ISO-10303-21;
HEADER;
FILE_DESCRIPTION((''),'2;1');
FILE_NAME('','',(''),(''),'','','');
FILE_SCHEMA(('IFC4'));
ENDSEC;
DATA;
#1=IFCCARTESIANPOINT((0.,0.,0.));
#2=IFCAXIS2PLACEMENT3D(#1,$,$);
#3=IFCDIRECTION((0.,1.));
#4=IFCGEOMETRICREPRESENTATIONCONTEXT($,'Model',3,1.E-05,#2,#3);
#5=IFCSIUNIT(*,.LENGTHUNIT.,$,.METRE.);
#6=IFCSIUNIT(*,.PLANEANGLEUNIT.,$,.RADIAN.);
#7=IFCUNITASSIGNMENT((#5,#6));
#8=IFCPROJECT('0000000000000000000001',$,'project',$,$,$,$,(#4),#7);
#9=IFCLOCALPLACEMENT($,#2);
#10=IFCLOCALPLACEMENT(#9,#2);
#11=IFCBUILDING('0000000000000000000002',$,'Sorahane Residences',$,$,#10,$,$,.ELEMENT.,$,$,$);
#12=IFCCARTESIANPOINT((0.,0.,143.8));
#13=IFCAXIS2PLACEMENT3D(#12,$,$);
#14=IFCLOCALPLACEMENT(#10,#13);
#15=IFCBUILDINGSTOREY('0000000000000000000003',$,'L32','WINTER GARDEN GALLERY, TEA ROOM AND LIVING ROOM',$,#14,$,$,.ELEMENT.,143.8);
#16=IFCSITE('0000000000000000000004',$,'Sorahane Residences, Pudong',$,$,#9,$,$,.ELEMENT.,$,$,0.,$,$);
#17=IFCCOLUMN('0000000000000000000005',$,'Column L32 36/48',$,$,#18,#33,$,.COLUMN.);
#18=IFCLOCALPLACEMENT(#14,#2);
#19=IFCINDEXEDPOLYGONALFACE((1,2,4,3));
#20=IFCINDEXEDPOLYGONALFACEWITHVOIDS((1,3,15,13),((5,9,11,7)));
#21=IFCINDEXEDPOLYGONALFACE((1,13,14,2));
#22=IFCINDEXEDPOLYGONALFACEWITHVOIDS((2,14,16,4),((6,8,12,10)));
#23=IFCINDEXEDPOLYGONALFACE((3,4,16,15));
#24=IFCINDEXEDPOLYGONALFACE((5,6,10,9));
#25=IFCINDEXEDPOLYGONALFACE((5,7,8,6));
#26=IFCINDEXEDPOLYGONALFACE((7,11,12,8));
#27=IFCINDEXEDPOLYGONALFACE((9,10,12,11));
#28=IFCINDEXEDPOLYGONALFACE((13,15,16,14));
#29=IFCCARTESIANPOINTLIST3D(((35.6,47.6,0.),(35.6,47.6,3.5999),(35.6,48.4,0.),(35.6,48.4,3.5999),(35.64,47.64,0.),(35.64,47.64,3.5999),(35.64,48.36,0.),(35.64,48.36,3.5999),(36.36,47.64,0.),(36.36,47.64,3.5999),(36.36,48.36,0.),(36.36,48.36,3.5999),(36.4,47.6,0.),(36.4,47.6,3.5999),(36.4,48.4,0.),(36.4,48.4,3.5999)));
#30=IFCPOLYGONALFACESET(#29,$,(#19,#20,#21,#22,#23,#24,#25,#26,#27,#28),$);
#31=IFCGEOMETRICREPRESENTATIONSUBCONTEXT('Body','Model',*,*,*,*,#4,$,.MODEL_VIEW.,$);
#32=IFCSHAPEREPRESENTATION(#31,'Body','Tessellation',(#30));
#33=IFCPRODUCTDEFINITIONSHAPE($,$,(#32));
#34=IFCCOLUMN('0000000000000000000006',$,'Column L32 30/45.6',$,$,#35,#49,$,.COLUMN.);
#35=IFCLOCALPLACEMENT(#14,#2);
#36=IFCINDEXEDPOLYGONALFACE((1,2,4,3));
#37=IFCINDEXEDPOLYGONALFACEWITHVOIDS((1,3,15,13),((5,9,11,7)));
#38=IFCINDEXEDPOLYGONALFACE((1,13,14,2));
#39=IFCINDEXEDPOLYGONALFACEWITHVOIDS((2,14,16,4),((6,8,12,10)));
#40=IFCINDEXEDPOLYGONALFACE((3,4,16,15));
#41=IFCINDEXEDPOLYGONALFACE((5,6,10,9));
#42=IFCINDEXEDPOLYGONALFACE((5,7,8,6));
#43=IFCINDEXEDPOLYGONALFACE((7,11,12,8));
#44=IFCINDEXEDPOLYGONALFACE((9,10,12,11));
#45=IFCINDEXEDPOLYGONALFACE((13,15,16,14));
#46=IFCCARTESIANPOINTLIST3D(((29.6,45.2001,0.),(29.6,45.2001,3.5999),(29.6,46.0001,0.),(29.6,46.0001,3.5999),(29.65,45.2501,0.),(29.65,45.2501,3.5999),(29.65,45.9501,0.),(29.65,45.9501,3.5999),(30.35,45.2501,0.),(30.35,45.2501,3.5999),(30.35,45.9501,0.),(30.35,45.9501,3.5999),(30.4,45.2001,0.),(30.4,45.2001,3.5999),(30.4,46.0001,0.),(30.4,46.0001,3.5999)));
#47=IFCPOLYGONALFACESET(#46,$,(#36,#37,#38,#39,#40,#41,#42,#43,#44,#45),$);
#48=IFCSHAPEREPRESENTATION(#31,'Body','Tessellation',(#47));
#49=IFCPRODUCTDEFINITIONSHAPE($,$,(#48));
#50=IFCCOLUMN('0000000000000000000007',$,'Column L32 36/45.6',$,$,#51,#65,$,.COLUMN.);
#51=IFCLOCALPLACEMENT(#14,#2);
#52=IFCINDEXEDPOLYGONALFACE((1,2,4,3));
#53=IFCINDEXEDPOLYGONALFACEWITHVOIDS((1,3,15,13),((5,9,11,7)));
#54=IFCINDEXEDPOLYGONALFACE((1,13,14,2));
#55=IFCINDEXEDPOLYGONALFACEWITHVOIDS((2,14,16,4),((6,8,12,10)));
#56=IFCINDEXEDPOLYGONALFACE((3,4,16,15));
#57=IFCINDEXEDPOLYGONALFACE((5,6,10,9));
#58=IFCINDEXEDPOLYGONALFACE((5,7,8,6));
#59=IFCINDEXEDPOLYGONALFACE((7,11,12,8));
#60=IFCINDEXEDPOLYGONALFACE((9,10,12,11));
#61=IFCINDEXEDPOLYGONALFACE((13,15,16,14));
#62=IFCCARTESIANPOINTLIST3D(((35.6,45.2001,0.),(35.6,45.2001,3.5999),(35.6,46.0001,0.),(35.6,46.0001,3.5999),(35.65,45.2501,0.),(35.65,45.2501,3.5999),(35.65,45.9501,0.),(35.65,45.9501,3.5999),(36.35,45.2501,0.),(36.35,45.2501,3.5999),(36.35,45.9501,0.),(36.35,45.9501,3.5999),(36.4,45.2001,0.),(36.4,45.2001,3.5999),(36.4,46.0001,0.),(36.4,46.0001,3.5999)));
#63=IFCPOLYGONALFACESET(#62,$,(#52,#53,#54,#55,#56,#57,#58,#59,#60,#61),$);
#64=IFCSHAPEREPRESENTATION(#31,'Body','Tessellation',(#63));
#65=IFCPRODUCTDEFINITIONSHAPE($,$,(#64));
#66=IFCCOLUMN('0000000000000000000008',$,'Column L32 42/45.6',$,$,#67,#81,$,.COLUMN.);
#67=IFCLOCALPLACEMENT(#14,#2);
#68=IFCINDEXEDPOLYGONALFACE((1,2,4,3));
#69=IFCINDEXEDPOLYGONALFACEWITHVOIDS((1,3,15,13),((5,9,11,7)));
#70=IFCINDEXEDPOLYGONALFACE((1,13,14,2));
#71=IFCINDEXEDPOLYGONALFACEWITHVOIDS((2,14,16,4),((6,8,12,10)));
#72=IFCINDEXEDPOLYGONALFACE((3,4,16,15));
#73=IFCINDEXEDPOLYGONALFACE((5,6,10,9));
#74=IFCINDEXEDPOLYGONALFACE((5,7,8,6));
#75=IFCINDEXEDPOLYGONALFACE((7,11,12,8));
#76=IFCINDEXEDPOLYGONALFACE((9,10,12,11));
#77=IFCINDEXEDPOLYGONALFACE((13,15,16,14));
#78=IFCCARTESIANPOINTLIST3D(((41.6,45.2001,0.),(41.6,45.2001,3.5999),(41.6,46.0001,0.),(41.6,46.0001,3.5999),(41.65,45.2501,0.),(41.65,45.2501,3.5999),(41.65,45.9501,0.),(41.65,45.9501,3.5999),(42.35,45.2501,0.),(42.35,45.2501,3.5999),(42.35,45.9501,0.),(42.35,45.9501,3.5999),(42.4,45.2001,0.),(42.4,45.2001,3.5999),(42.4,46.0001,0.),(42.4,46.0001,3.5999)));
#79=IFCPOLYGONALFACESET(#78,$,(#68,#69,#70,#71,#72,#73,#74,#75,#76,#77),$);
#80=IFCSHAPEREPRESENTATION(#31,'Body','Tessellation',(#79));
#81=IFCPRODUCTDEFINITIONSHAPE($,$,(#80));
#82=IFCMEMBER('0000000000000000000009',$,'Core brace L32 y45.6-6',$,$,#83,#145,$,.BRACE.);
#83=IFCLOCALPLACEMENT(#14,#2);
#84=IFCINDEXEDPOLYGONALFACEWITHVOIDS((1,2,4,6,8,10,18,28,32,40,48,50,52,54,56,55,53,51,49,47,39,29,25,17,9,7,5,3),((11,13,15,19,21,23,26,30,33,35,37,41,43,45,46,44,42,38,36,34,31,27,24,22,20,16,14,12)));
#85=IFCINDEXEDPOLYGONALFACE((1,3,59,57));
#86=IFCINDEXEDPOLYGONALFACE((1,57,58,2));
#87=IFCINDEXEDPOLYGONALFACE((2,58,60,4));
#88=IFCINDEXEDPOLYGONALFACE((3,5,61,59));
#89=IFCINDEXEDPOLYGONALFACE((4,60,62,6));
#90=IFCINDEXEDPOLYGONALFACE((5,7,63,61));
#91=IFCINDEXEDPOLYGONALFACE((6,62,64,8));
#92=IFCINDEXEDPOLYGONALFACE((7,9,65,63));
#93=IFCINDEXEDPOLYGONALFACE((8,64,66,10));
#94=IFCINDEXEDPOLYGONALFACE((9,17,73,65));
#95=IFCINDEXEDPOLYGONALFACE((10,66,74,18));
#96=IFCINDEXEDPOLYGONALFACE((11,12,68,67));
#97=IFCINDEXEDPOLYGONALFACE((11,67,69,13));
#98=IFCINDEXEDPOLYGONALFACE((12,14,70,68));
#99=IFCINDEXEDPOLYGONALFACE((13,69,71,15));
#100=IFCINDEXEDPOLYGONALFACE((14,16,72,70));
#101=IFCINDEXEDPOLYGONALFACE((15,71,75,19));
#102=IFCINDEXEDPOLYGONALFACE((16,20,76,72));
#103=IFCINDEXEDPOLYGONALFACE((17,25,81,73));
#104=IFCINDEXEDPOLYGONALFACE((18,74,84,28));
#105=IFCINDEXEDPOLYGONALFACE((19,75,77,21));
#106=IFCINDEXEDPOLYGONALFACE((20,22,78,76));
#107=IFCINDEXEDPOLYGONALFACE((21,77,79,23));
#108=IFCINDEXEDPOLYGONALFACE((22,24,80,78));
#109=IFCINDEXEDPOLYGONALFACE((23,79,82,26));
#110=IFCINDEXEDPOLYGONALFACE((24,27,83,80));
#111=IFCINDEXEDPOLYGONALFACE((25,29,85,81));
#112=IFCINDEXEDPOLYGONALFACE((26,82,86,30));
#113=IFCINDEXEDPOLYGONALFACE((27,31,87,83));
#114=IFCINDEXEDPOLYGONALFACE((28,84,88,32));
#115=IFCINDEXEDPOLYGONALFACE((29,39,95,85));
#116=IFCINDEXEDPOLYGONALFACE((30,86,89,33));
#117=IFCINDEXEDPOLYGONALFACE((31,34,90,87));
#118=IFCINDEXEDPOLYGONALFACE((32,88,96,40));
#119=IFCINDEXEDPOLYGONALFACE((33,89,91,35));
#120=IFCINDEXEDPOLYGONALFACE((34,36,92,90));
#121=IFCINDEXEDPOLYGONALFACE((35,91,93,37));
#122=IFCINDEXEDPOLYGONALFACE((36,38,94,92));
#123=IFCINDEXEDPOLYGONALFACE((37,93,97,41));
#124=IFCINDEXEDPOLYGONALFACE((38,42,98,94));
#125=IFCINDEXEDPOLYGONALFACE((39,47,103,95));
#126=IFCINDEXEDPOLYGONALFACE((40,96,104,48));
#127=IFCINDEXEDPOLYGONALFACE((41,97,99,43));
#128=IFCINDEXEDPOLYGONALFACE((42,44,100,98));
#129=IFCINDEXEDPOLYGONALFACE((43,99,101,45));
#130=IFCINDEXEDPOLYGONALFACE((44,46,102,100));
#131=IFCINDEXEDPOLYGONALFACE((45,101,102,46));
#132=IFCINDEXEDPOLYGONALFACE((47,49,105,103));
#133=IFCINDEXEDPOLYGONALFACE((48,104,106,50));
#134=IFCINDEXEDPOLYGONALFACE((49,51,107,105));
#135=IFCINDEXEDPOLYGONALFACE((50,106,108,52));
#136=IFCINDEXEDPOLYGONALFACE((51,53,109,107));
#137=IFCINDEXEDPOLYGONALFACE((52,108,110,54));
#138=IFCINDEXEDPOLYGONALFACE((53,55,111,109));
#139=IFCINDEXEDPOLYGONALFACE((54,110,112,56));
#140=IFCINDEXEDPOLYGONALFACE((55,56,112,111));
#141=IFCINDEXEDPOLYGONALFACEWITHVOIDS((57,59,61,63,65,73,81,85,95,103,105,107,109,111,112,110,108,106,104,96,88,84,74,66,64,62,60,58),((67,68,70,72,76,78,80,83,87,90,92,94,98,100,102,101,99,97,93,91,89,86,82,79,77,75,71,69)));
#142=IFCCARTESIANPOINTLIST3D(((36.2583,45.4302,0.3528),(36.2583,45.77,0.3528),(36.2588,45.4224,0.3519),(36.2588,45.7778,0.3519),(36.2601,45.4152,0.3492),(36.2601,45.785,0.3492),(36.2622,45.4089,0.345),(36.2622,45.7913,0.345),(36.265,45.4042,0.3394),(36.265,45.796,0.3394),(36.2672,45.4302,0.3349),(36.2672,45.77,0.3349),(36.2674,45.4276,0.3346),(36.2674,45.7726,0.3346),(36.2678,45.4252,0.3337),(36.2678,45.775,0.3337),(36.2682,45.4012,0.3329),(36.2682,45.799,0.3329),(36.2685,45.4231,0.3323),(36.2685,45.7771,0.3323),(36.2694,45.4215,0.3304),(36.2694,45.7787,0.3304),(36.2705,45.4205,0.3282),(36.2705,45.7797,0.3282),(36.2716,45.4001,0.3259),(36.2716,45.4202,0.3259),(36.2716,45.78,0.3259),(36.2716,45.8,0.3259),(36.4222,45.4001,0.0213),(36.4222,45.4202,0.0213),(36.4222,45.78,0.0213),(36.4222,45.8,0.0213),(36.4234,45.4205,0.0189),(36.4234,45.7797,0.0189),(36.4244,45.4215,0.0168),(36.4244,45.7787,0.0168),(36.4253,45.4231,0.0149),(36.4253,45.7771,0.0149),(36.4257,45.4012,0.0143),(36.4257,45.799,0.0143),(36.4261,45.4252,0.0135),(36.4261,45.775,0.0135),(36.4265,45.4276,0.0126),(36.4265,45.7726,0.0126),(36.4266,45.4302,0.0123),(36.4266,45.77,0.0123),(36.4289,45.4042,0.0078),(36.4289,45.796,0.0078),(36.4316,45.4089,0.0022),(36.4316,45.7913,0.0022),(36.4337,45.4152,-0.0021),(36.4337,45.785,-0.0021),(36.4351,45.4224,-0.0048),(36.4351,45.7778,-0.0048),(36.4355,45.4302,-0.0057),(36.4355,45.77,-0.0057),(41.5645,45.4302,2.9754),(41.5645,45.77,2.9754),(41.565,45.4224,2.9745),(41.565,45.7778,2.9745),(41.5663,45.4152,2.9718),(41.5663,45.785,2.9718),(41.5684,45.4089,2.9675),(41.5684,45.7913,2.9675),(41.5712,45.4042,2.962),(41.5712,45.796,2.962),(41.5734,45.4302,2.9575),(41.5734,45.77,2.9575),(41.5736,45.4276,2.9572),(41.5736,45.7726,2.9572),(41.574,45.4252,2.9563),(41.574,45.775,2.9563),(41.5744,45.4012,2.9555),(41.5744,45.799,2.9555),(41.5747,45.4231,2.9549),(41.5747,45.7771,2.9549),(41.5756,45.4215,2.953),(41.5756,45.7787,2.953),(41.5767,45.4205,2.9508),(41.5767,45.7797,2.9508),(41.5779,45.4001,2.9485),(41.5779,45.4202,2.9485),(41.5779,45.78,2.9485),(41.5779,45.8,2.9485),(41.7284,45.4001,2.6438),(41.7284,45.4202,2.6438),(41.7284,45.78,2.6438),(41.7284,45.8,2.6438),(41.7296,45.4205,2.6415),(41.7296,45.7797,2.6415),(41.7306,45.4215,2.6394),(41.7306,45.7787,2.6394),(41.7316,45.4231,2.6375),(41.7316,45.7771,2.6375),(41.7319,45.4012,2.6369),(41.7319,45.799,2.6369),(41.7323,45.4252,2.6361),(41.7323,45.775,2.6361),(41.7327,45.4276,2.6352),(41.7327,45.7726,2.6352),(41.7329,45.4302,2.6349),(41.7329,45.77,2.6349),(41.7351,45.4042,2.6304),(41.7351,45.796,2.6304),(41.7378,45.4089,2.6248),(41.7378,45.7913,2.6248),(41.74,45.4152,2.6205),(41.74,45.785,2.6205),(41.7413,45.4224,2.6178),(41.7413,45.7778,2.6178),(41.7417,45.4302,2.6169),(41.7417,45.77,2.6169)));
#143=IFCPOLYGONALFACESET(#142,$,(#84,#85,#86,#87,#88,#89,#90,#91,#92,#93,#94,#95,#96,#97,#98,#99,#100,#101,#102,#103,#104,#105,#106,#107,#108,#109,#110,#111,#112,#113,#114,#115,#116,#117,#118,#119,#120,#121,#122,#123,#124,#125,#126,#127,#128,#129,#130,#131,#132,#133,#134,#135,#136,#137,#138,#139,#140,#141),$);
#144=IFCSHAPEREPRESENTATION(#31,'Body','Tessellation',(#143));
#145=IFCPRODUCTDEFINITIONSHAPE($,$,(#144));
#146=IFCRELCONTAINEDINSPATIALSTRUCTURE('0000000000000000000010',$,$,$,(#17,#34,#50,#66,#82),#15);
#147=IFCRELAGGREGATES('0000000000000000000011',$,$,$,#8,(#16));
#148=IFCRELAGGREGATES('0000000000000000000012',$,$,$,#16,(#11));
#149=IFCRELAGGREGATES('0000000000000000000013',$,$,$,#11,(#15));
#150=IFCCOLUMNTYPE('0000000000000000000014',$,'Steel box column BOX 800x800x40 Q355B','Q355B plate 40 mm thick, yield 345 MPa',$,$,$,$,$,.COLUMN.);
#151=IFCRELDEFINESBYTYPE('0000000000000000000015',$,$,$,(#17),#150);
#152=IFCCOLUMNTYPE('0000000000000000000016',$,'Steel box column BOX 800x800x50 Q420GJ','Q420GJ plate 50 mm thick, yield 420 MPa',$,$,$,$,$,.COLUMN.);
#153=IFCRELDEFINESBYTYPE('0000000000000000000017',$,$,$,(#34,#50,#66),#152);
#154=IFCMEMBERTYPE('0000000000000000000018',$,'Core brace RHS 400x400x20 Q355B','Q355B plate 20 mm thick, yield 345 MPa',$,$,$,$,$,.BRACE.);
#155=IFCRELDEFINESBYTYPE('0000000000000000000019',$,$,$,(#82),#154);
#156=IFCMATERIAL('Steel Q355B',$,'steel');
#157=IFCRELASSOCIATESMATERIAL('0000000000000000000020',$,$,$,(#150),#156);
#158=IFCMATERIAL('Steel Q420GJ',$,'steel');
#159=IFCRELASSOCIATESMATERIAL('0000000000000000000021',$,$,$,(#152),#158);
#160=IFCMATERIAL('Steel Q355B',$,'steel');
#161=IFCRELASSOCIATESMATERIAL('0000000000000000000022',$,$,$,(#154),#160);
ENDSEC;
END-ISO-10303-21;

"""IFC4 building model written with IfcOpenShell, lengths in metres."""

from ifc_helpers import new_model, si_unit, direction, frame, origin, origin_2d, place, context, subcontext, project, spatial, hollow_rectangle, extrude, material, material_profile, profile_set, type_object, element, save


model = new_model("IFC4")

# Units and contexts
model_context = context("Model", 3, precision=1e-05, world=origin(), true_north=direction((0.0, 1.0)))
body_context = subcontext(model_context, "Body", "Model", "MODEL_VIEW")
ifc_project = project(units=[si_unit("LENGTHUNIT", "METRE"), si_unit("PLANEANGLEUNIT", "RADIAN")], contexts=[model_context])

# Site, building, storey
site_placement = place(None, origin())
site = spatial("IfcSite", under=ifc_project, at=site_placement, Name="Sorahane Residences, Pudong", CompositionType="ELEMENT", RefElevation=0.0)
building_placement = place(site_placement, origin())
building = spatial("IfcBuilding", under=site, at=building_placement, Name="Sorahane Residences", CompositionType="ELEMENT")
storey_placement = place(building_placement, frame((0.0, 0.0, 143.8)))
storey = spatial("IfcBuildingStorey", under=building, at=storey_placement, Name="L32", Description="WINTER GARDEN GALLERY, TEA ROOM AND LIVING ROOM", CompositionType="ELEMENT", Elevation=143.8)

# Columns
ifc_material_1 = material(Name="Steel Q355B", Category="steel")
ifc_material_profile_1 = material_profile(ifc_material_1, hollow_rectangle(XDim=0.8, YDim=0.8, WallThickness=0.04, at=origin_2d()), Name="BOX 800x800x40")
ifc_profile_set_1 = profile_set([ifc_material_profile_1], Name="Steel Q355B")
column_type_1 = type_object("IfcColumnType", Name="Steel box column BOX 800x800x40 Q355B", Description="Q355B plate 40 mm thick, yield 345 MPa", PredefinedType="COLUMN", material=ifc_profile_set_1)
column_placement = place(storey_placement, frame((36.0, 48.0, 0.0), z_axis=(0.0, 0.0, 1.0), x_axis=(1.0, 0.0, 0.0)))
element("IfcColumn", 1, at=column_placement, inside=storey, type_object=column_type_1, Name="Column L32 36/48", PredefinedType="COLUMN", context=body_context, shape_type="SweptSolid", body=[
    extrude(hollow_rectangle(XDim=0.8, YDim=0.8, WallThickness=0.04, at=origin_2d()), origin(), (0.0, 0.0, 1.0), 3.5999),
])
ifc_material_2 = material(Name="Steel Q420GJ", Category="steel")
ifc_material_profile_2 = material_profile(ifc_material_2, hollow_rectangle(XDim=0.8, YDim=0.8, WallThickness=0.05, at=origin_2d()), Name="BOX 800x800x50")
ifc_profile_set_2 = profile_set([ifc_material_profile_2], Name="Steel Q420GJ")
column_type_2 = type_object("IfcColumnType", Name="Steel box column BOX 800x800x50 Q420GJ", Description="Q420GJ plate 50 mm thick, yield 420 MPa", PredefinedType="COLUMN", material=ifc_profile_set_2)
for number, where, z_axis, x_axis, name in (
    (2, (30.0, 45.6001, 0.0), (0.0, 0.0, 1.0), (1.0, 0.0, 0.0), "Column L32 30/45.6"),
    (3, (36.0, 45.6001, 0.0), (0.0, 0.0, 1.0), (1.0, 0.0, 0.0), "Column L32 36/45.6"),
    (4, (42.0, 45.6001, 0.0), (0.0, 0.0, 1.0), (1.0, 0.0, 0.0), "Column L32 42/45.6"),
):
    element("IfcColumn", number, at=place(storey_placement, frame(where, z_axis=z_axis, x_axis=x_axis)), inside=storey, type_object=column_type_2, Name=name, PredefinedType="COLUMN", context=body_context, shape_type="SweptSolid", body=[
        extrude(hollow_rectangle(XDim=0.8, YDim=0.8, WallThickness=0.05, at=origin_2d()), origin(), (0.0, 0.0, 1.0), 3.5999),
    ])

# Member
ifc_material_3 = material(Name="Steel Q355B", Category="steel")
ifc_material_profile_3 = material_profile(ifc_material_3, hollow_rectangle(XDim=0.3999, YDim=0.3999, WallThickness=0.02, InnerFilletRadius=0.01, OuterFilletRadius=0.03, at=origin_2d()), Name="RHS 400x400x20")
ifc_profile_set_3 = profile_set([ifc_material_profile_3], Name="Steel Q355B")
member_type_1 = type_object("IfcMemberType", Name="Core brace RHS 400x400x20 Q355B", Description="Q355B plate 20 mm thick, yield 345 MPa", PredefinedType="BRACE", material=ifc_profile_set_3)
member_1_placement = place(storey_placement, frame((36.3469, 45.6001, 0.1736), z_axis=(0.89648, 0.0, 0.443084), x_axis=(0.0, 1.0, 0.0)))
element("IfcMember", 5, at=member_1_placement, inside=storey, type_object=member_type_1, Name="Core brace L32 y45.6-6", PredefinedType="BRACE", context=body_context, shape_type="SweptSolid", body=[
    extrude(hollow_rectangle(XDim=0.3999, YDim=0.3999, WallThickness=0.02, InnerFilletRadius=0.01, OuterFilletRadius=0.03, at=origin_2d()), origin(), (0.0, 0.0, 1.0), 5.9189),
])

save(model, "model.ifc")
